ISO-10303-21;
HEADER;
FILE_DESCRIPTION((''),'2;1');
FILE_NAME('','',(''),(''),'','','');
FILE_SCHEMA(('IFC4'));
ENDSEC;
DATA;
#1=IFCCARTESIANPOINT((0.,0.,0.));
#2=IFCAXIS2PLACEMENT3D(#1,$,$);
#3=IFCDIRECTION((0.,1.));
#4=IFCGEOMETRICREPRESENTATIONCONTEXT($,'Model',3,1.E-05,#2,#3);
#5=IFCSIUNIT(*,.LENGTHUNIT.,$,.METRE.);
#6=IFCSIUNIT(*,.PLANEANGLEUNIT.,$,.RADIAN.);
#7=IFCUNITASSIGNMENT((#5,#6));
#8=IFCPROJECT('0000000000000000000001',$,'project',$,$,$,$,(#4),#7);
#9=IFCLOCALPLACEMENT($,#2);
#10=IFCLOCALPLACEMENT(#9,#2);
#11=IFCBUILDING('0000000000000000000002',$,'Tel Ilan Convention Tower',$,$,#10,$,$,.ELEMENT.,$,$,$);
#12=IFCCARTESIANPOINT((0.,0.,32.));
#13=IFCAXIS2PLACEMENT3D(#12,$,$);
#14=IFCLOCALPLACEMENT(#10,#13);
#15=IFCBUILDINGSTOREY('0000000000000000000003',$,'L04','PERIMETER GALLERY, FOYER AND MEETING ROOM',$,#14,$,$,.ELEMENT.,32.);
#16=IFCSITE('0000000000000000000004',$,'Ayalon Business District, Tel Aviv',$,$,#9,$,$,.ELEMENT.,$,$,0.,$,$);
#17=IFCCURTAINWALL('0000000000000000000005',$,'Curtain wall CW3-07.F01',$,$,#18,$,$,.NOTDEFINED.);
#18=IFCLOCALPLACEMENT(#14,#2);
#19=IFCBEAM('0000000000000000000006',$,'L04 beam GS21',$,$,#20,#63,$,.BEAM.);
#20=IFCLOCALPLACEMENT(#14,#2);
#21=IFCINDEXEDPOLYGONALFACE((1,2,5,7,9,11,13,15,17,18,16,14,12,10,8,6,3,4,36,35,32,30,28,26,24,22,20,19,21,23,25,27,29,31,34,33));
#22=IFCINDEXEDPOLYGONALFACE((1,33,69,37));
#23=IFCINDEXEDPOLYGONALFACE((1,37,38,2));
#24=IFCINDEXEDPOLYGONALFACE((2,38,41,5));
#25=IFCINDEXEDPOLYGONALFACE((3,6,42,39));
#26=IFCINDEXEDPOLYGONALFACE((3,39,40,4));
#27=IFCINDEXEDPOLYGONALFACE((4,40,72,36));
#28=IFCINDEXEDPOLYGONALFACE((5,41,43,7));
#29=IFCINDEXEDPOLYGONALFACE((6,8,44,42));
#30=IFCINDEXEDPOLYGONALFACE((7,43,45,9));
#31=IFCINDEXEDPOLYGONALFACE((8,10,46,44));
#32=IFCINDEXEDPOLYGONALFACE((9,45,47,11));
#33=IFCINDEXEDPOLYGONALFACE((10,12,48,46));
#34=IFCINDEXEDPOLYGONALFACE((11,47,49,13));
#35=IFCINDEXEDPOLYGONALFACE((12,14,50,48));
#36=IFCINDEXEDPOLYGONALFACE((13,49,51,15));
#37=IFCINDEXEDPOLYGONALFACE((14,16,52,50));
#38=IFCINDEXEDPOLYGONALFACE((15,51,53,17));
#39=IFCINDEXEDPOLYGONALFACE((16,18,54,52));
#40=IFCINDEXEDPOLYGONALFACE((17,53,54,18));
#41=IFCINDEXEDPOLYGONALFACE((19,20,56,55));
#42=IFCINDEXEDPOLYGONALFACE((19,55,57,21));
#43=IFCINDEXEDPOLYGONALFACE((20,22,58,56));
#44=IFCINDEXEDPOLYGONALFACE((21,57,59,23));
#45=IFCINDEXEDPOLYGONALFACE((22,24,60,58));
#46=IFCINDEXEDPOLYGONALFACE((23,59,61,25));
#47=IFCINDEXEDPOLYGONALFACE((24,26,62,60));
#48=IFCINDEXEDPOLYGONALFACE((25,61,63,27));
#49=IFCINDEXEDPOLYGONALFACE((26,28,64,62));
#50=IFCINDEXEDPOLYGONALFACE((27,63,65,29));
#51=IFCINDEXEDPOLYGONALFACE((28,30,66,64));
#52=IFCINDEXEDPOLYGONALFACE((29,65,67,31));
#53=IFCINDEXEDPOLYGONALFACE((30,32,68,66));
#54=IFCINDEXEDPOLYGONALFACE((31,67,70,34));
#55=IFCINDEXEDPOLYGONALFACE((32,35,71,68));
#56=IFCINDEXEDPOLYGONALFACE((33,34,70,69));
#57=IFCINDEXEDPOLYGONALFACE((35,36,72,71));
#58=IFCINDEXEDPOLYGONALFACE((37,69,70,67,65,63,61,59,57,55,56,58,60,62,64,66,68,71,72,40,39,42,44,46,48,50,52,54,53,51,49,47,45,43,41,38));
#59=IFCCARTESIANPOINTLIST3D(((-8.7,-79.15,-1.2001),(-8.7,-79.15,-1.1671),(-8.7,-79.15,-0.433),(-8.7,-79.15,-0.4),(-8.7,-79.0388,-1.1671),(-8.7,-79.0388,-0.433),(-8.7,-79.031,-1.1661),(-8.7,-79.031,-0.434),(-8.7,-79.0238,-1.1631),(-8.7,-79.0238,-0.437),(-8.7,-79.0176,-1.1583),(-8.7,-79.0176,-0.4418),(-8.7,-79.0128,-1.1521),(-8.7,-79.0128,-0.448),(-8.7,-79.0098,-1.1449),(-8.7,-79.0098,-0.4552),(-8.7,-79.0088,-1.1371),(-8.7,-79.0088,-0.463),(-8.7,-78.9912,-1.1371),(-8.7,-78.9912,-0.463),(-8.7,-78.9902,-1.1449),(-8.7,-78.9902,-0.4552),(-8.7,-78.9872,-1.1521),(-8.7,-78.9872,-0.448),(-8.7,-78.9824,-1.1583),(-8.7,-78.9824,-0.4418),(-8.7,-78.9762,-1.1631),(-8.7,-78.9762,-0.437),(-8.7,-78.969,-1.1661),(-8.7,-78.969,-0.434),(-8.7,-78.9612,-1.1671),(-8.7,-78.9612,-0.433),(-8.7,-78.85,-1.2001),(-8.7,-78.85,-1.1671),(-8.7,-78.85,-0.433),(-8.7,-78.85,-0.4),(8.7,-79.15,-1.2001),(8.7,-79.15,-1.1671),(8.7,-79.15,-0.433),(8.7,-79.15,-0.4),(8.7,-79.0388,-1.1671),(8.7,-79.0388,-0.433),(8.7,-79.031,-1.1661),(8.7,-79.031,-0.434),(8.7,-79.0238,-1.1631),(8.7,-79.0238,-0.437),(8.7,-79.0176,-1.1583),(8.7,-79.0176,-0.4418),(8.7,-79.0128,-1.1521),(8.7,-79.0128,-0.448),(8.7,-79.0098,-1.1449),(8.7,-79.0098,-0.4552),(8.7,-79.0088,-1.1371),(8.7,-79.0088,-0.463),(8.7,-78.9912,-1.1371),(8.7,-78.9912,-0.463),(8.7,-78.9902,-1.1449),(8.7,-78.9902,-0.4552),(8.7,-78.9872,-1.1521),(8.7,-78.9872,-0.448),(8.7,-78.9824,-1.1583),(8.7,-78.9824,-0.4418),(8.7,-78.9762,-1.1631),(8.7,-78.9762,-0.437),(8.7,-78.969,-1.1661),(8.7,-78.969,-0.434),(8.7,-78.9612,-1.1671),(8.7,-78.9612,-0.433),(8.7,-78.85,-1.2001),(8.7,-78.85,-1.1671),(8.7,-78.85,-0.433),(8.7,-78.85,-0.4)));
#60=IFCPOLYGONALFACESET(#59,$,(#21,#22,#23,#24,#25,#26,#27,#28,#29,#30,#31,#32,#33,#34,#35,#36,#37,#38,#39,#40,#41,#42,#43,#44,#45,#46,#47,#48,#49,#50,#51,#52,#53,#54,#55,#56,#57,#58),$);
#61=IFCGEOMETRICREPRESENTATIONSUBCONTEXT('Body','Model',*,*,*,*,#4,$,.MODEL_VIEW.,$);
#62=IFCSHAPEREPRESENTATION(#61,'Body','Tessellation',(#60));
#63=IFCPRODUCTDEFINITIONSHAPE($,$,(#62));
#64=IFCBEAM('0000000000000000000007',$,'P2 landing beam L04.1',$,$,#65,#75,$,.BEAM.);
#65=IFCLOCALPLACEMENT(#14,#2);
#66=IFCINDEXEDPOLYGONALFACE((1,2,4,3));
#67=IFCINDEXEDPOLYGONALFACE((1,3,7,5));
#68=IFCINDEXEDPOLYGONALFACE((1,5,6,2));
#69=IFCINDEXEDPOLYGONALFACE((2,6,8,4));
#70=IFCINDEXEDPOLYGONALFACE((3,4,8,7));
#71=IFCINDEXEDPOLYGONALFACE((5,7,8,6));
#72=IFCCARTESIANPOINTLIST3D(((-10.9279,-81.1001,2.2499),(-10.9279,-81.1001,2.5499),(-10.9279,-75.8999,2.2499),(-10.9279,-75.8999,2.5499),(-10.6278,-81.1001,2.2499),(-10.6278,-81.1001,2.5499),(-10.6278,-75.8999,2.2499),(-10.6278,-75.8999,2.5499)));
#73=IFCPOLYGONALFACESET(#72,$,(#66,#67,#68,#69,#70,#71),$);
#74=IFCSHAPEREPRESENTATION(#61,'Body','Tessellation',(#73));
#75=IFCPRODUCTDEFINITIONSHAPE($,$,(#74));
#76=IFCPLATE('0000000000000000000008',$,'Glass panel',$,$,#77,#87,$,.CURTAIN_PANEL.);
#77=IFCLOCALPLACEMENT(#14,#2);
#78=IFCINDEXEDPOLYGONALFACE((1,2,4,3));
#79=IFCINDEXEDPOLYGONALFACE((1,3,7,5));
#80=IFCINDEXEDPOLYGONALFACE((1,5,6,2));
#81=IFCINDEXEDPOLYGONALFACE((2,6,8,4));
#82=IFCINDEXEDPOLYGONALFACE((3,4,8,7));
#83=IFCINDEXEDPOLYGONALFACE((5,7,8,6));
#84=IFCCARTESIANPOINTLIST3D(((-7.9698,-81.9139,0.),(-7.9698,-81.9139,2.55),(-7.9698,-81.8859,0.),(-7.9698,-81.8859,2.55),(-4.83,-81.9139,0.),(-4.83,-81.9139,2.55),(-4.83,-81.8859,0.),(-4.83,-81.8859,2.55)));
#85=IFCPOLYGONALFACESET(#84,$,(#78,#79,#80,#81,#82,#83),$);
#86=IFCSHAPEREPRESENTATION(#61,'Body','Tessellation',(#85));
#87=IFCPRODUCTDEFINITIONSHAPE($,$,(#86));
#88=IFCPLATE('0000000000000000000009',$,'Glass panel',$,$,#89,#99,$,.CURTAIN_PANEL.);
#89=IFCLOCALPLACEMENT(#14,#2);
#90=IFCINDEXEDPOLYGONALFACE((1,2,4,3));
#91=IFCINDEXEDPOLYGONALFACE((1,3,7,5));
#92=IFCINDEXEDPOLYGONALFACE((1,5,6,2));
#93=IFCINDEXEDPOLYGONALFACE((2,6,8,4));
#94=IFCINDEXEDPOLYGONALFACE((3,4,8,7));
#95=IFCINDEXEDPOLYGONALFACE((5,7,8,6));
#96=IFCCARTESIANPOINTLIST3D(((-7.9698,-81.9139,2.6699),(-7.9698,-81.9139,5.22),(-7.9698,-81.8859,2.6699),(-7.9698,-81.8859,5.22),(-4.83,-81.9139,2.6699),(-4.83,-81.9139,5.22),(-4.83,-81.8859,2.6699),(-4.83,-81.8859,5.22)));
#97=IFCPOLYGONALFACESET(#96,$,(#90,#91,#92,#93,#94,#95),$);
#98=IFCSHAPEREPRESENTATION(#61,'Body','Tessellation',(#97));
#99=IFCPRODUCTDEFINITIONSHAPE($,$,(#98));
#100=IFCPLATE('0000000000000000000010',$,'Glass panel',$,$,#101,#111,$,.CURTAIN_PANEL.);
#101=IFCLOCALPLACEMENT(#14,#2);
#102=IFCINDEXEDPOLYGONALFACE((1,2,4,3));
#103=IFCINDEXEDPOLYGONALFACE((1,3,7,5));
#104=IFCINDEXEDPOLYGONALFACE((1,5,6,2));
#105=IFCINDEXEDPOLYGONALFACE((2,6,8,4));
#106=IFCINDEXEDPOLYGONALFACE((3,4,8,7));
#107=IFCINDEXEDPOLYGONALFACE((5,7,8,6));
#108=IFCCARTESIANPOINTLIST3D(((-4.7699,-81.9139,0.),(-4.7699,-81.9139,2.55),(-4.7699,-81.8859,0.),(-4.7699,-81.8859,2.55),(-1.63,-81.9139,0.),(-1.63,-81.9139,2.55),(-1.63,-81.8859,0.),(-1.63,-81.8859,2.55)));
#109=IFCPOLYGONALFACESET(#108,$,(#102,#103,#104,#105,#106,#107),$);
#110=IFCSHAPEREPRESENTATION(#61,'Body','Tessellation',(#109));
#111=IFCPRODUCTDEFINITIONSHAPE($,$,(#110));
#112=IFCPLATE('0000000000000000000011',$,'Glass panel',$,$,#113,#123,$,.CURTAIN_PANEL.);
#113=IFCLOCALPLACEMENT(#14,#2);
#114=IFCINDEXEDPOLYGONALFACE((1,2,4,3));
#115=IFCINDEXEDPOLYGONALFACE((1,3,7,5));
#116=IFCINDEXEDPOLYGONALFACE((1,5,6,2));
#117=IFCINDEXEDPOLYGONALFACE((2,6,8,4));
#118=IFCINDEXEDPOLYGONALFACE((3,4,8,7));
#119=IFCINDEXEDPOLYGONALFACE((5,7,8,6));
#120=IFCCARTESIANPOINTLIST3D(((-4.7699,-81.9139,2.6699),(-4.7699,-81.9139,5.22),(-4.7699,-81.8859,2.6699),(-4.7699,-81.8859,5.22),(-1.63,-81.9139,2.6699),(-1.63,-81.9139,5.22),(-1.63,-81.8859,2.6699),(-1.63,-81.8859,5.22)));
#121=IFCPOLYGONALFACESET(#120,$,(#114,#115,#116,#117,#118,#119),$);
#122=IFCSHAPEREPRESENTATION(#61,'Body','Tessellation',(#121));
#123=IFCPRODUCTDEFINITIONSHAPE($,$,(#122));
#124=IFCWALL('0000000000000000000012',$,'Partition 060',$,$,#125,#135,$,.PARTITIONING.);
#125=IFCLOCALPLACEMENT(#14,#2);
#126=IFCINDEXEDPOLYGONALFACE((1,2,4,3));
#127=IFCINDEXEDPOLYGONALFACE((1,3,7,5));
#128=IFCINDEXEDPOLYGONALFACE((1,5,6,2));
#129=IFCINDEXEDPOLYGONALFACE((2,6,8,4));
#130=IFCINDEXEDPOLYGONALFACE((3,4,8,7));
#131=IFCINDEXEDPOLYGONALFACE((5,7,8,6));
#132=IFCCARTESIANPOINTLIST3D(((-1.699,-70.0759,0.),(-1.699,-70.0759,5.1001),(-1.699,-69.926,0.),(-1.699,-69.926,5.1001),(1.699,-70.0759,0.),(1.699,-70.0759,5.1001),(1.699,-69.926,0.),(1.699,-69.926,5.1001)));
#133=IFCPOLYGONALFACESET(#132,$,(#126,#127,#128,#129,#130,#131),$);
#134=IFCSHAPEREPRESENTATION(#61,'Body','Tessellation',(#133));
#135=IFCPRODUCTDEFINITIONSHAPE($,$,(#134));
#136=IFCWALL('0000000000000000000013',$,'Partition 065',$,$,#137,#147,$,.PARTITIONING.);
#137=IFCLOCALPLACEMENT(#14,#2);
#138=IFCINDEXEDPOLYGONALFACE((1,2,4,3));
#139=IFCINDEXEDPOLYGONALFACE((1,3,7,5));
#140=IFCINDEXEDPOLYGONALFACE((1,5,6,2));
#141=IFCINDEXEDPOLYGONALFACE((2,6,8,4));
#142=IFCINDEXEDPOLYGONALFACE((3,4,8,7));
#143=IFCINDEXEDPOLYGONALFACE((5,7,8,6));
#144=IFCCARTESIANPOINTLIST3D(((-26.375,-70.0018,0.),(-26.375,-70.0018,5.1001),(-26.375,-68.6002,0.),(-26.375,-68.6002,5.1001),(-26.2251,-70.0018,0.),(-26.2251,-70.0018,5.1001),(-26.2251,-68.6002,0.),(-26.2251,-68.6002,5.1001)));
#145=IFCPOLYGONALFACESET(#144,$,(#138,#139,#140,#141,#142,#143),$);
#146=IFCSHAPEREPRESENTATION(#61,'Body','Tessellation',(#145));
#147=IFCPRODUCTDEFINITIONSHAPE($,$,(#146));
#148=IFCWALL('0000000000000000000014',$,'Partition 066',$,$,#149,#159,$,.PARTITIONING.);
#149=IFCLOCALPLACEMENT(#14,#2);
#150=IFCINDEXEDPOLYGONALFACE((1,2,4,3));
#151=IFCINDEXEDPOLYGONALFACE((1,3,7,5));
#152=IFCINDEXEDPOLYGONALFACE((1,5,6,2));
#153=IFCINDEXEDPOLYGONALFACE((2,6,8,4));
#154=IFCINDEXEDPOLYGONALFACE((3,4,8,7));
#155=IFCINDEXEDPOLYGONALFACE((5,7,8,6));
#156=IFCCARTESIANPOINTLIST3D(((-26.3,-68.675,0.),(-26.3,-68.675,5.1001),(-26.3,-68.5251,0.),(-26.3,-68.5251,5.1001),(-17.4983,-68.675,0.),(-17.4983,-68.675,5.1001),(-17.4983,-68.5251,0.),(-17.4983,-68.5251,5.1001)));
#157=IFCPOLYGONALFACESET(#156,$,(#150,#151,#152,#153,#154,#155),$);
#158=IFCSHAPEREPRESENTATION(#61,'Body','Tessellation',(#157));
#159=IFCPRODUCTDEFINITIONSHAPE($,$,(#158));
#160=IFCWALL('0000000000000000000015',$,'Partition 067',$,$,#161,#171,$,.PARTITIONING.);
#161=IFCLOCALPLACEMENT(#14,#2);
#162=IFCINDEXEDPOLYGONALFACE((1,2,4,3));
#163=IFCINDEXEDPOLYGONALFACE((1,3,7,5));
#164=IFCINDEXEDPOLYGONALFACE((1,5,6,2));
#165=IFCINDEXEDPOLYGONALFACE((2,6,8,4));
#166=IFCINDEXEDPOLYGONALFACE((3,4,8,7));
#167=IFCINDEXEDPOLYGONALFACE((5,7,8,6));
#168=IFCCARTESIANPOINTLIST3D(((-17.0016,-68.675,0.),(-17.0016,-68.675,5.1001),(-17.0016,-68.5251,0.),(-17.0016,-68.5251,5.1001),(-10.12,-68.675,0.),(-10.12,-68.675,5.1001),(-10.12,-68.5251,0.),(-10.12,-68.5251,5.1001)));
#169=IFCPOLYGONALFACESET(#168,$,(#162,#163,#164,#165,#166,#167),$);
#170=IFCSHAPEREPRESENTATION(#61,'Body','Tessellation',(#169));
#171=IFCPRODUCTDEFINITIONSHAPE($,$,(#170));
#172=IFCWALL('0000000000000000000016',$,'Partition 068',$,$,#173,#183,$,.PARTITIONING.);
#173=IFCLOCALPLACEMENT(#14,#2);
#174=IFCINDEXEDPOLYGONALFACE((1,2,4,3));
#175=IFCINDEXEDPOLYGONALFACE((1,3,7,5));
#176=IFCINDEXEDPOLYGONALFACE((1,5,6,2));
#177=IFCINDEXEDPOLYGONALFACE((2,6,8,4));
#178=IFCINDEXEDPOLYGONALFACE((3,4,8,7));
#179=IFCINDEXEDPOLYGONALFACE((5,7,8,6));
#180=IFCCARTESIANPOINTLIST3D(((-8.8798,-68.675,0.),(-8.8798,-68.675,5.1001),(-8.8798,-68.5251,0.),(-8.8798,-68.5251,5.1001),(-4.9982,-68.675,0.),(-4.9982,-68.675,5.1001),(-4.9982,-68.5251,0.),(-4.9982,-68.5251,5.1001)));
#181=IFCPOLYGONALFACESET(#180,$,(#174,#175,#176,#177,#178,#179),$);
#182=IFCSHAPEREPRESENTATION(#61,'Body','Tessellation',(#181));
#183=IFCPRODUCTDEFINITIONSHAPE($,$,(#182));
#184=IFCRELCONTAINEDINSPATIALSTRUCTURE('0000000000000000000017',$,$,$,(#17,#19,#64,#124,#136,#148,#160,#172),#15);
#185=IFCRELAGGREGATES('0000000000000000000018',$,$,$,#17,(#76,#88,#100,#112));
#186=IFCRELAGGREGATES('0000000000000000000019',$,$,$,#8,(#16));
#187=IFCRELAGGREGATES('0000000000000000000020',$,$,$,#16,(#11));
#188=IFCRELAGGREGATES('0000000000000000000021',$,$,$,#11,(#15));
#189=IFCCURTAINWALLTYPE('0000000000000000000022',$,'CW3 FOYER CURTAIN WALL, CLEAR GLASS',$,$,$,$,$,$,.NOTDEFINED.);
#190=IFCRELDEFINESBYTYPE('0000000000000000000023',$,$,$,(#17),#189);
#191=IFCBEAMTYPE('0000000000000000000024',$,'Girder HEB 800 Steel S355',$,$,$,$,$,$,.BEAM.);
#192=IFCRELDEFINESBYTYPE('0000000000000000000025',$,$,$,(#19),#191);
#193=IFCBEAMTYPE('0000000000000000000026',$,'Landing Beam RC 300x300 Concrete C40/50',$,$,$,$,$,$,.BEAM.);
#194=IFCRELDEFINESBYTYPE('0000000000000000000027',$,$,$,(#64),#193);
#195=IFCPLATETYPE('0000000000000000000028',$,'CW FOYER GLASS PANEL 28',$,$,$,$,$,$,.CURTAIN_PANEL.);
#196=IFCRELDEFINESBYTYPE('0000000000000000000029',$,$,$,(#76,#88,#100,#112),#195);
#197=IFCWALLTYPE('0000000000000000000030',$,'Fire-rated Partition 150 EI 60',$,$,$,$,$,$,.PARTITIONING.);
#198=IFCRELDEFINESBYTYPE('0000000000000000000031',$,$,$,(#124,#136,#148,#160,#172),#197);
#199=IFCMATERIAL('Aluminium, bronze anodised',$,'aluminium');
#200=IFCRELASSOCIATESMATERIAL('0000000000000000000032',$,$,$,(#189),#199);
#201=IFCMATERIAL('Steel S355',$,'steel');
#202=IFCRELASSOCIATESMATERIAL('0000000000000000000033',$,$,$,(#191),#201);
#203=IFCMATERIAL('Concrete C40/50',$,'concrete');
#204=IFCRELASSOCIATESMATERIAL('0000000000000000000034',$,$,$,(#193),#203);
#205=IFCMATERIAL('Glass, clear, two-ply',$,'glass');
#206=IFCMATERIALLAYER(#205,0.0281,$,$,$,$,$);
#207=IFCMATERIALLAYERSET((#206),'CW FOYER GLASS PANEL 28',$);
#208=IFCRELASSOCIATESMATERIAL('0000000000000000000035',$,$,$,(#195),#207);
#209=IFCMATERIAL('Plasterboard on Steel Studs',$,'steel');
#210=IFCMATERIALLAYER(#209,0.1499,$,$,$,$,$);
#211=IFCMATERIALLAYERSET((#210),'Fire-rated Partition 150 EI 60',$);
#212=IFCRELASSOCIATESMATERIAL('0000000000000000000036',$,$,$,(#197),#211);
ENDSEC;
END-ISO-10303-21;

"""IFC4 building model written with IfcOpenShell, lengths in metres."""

from ifc_helpers import new_model, si_unit, direction, frame, frame_2d, origin, origin_2d, place, context, subcontext, project, spatial, rectangle, i_section, extrude, material, layer, layer_set, material_profile, profile_set, type_object, element, aggregate, save


model = new_model("IFC4")

# Units and contexts
model_context = context("Model", 3, precision=1e-05, world=origin(), true_north=direction((0.0, 1.0)))
body_context = subcontext(model_context, "Body", "Model", "MODEL_VIEW")
ifc_project = project(units=[si_unit("LENGTHUNIT", "METRE"), si_unit("PLANEANGLEUNIT", "RADIAN")], contexts=[model_context])

# Site, building, storey
site_placement = place(None, origin())
site = spatial("IfcSite", under=ifc_project, at=site_placement, Name="Ayalon Business District, Tel Aviv", CompositionType="ELEMENT", RefElevation=0.0)
building_placement = place(site_placement, origin())
building = spatial("IfcBuilding", under=site, at=building_placement, Name="Tel Ilan Convention Tower", CompositionType="ELEMENT")
storey_placement = place(building_placement, frame((0.0, 0.0, 32.0)))
storey = spatial("IfcBuildingStorey", under=building, at=storey_placement, Name="L04", Description="PERIMETER GALLERY, FOYER AND MEETING ROOM", CompositionType="ELEMENT", Elevation=32.0)

# Curtain wall
ifc_material_1 = material(Name="Aluminium, bronze anodised", Category="aluminium")
curtain_wall_type = type_object("IfcCurtainWallType", Name="CW3 FOYER CURTAIN WALL, CLEAR GLASS", PredefinedType="NOTDEFINED", material=ifc_material_1)
curtain_wall_placement = place(storey_placement, origin())
curtain_wall = element("IfcCurtainWall", 1, at=curtain_wall_placement, inside=storey, type_object=curtain_wall_type, Name="Curtain wall CW3-07.F01", PredefinedType="NOTDEFINED")

# Beams
ifc_material_2 = material(Name="Steel S355", Category="steel")
ifc_material_profile_1 = material_profile(ifc_material_2, i_section(OverallWidth=0.3, OverallDepth=0.8, WebThickness=0.0176, FlangeThickness=0.033, FilletRadius=0.03, at=origin_2d()), Name="HEB 800")
ifc_profile_set_1 = profile_set([ifc_material_profile_1], Name="Steel S355")
beam_type_1 = type_object("IfcBeamType", Name="Girder HEB 800 Steel S355", PredefinedType="BEAM", material=ifc_profile_set_1)
beam_1_placement = place(storey_placement, frame((-8.7, -79.0, -0.8), z_axis=(1.0, 0.0, 0.0), x_axis=(0.0, 1.0, 0.0)))
element("IfcBeam", 2, at=beam_1_placement, inside=storey, type_object=beam_type_1, Name="L04 beam GS21", PredefinedType="BEAM", context=body_context, shape_type="SweptSolid", body=[
    extrude(i_section(OverallWidth=0.3, OverallDepth=0.8, WebThickness=0.0176, FlangeThickness=0.033, FilletRadius=0.03, at=origin_2d()), origin(), (0.0, 0.0, 1.0), 17.3999),
])
ifc_material_3 = material(Name="Concrete C40/50", Category="concrete")
ifc_material_profile_2 = material_profile(ifc_material_3, rectangle(XDim=0.3, YDim=0.3, at=origin_2d()), Name="RC 300x300")
ifc_profile_set_2 = profile_set([ifc_material_profile_2], Name="Concrete C40/50")
beam_type_2 = type_object("IfcBeamType", Name="Landing Beam RC 300x300 Concrete C40/50", PredefinedType="BEAM", material=ifc_profile_set_2)
beam_2_placement = place(storey_placement, frame((-10.7778, -81.1001, 2.3999), z_axis=(0.0, 1.0, 0.0), x_axis=(-1.0, 0.0, 0.0)))
element("IfcBeam", 3, at=beam_2_placement, inside=storey, type_object=beam_type_2, Name="P2 landing beam L04.1", PredefinedType="BEAM", context=body_context, shape_type="SweptSolid", body=[
    extrude(rectangle(XDim=0.3, YDim=0.3, at=origin_2d()), origin(), (0.0, 0.0, 1.0), 5.2002),
])

# Plates
ifc_material_4 = material(Name="Glass, clear, two-ply", Category="glass")
ifc_layer_1 = layer(ifc_material_4, 0.0281)
ifc_layer_set_1 = layer_set([ifc_layer_1], Name="CW FOYER GLASS PANEL 28")
plate_type = type_object("IfcPlateType", Name="CW FOYER GLASS PANEL 28", PredefinedType="CURTAIN_PANEL", material=ifc_layer_set_1)
plate_1_placement = place(storey_placement, frame((-6.3999, -81.8999, 0.0), z_axis=(0.0, 0.0, 1.0), x_axis=(1.0, 0.0, 0.0)))
plate_1 = element("IfcPlate", 4, at=plate_1_placement, type_object=plate_type, Name="Glass panel", PredefinedType="CURTAIN_PANEL", context=body_context, shape_type="SweptSolid", body=[
    extrude(rectangle(XDim=3.1399, YDim=0.0281, at=origin_2d()), origin(), (0.0, 0.0, 1.0), 2.55),
])
plate_2_placement = place(storey_placement, frame((-6.3999, -81.8999, 2.6699), z_axis=(0.0, 0.0, 1.0), x_axis=(1.0, 0.0, 0.0)))
plate_2 = element("IfcPlate", 5, at=plate_2_placement, type_object=plate_type, Name="Glass panel", PredefinedType="CURTAIN_PANEL", context=body_context, shape_type="SweptSolid", body=[
    extrude(rectangle(XDim=3.1399, YDim=0.0281, at=origin_2d()), origin(), (0.0, 0.0, 1.0), 2.55),
])
plate_3_placement = place(storey_placement, frame((-3.2, -81.8999, 0.0), z_axis=(0.0, 0.0, 1.0), x_axis=(1.0, 0.0, 0.0)))
plate_3 = element("IfcPlate", 6, at=plate_3_placement, type_object=plate_type, Name="Glass panel", PredefinedType="CURTAIN_PANEL", context=body_context, shape_type="SweptSolid", body=[
    extrude(rectangle(XDim=3.1399, YDim=0.0281, at=origin_2d()), origin(), (0.0, 0.0, 1.0), 2.55),
])
plate_4_placement = place(storey_placement, frame((-3.2, -81.8999, 2.6699), z_axis=(0.0, 0.0, 1.0), x_axis=(1.0, 0.0, 0.0)))
plate_4 = element("IfcPlate", 7, at=plate_4_placement, type_object=plate_type, Name="Glass panel", PredefinedType="CURTAIN_PANEL", context=body_context, shape_type="SweptSolid", body=[
    extrude(rectangle(XDim=3.1399, YDim=0.0281, at=origin_2d()), origin(), (0.0, 0.0, 1.0), 2.55),
])
aggregate(curtain_wall, [plate_1, plate_2, plate_3, plate_4])

# Walls
ifc_material_5 = material(Name="Plasterboard on Steel Studs", Category="steel")
ifc_layer_2 = layer(ifc_material_5, 0.1499)
ifc_layer_set_2 = layer_set([ifc_layer_2], Name="Fire-rated Partition 150 EI 60")
wall_type_1 = type_object("IfcWallType", Name="Fire-rated Partition 150 EI 60", PredefinedType="PARTITIONING", material=ifc_layer_set_2)
wall_1_placement = place(storey_placement, frame((-1.699, -70.001, 0.0), z_axis=(0.0, 0.0, 1.0), x_axis=(1.0, 0.0, 0.0)))
element("IfcWall", 8, at=wall_1_placement, inside=storey, type_object=wall_type_1, Name="Partition 060", PredefinedType="PARTITIONING", context=body_context, shape_type="SweptSolid", body=[
    extrude(rectangle(XDim=3.3979, YDim=0.1499, at=frame_2d((1.699, 0.0))), origin(), (0.0, 0.0, 1.0), 5.1001),
])
wall_2_placement = place(storey_placement, frame((-26.3, -70.0017, 0.0), z_axis=(0.0, 0.0, 1.0), x_axis=(0.0, 1.0, 0.0)))
element("IfcWall", 9, at=wall_2_placement, inside=storey, type_object=wall_type_1, Name="Partition 065", PredefinedType="PARTITIONING", context=body_context, shape_type="SweptSolid", body=[
    extrude(rectangle(XDim=1.4016, YDim=0.1499, at=frame_2d((0.7007, 0.0))), origin(), (0.0, 0.0, 1.0), 5.1001),
])
wall_3_placement = place(storey_placement, frame((-26.3, -68.6001, 0.0), z_axis=(0.0, 0.0, 1.0), x_axis=(1.0, 0.0, 0.0)))
element("IfcWall", 10, at=wall_3_placement, inside=storey, type_object=wall_type_1, Name="Partition 066", PredefinedType="PARTITIONING", context=body_context, shape_type="SweptSolid", body=[
    extrude(rectangle(XDim=8.8018, YDim=0.1499, at=frame_2d((4.4009, 0.0))), origin(), (0.0, 0.0, 1.0), 5.1001),
])
wall_4_placement = place(storey_placement, frame((-17.0017, -68.6001, 0.0), z_axis=(0.0, 0.0, 1.0), x_axis=(1.0, 0.0, 0.0)))
element("IfcWall", 11, at=wall_4_placement, inside=storey, type_object=wall_type_1, Name="Partition 067", PredefinedType="PARTITIONING", context=body_context, shape_type="SweptSolid", body=[
    extrude(rectangle(XDim=6.8816, YDim=0.1499, at=frame_2d((3.4409, 0.0))), origin(), (0.0, 0.0, 1.0), 5.1001),
])
wall_5_placement = place(storey_placement, frame((-8.8799, -68.6001, 0.0), z_axis=(0.0, 0.0, 1.0), x_axis=(1.0, 0.0, 0.0)))
element("IfcWall", 12, at=wall_5_placement, inside=storey, type_object=wall_type_1, Name="Partition 068", PredefinedType="PARTITIONING", context=body_context, shape_type="SweptSolid", body=[
    extrude(rectangle(XDim=3.8816, YDim=0.1499, at=frame_2d((1.9409, 0.0))), origin(), (0.0, 0.0, 1.0), 5.1001),
])

save(model, "model.ifc")
